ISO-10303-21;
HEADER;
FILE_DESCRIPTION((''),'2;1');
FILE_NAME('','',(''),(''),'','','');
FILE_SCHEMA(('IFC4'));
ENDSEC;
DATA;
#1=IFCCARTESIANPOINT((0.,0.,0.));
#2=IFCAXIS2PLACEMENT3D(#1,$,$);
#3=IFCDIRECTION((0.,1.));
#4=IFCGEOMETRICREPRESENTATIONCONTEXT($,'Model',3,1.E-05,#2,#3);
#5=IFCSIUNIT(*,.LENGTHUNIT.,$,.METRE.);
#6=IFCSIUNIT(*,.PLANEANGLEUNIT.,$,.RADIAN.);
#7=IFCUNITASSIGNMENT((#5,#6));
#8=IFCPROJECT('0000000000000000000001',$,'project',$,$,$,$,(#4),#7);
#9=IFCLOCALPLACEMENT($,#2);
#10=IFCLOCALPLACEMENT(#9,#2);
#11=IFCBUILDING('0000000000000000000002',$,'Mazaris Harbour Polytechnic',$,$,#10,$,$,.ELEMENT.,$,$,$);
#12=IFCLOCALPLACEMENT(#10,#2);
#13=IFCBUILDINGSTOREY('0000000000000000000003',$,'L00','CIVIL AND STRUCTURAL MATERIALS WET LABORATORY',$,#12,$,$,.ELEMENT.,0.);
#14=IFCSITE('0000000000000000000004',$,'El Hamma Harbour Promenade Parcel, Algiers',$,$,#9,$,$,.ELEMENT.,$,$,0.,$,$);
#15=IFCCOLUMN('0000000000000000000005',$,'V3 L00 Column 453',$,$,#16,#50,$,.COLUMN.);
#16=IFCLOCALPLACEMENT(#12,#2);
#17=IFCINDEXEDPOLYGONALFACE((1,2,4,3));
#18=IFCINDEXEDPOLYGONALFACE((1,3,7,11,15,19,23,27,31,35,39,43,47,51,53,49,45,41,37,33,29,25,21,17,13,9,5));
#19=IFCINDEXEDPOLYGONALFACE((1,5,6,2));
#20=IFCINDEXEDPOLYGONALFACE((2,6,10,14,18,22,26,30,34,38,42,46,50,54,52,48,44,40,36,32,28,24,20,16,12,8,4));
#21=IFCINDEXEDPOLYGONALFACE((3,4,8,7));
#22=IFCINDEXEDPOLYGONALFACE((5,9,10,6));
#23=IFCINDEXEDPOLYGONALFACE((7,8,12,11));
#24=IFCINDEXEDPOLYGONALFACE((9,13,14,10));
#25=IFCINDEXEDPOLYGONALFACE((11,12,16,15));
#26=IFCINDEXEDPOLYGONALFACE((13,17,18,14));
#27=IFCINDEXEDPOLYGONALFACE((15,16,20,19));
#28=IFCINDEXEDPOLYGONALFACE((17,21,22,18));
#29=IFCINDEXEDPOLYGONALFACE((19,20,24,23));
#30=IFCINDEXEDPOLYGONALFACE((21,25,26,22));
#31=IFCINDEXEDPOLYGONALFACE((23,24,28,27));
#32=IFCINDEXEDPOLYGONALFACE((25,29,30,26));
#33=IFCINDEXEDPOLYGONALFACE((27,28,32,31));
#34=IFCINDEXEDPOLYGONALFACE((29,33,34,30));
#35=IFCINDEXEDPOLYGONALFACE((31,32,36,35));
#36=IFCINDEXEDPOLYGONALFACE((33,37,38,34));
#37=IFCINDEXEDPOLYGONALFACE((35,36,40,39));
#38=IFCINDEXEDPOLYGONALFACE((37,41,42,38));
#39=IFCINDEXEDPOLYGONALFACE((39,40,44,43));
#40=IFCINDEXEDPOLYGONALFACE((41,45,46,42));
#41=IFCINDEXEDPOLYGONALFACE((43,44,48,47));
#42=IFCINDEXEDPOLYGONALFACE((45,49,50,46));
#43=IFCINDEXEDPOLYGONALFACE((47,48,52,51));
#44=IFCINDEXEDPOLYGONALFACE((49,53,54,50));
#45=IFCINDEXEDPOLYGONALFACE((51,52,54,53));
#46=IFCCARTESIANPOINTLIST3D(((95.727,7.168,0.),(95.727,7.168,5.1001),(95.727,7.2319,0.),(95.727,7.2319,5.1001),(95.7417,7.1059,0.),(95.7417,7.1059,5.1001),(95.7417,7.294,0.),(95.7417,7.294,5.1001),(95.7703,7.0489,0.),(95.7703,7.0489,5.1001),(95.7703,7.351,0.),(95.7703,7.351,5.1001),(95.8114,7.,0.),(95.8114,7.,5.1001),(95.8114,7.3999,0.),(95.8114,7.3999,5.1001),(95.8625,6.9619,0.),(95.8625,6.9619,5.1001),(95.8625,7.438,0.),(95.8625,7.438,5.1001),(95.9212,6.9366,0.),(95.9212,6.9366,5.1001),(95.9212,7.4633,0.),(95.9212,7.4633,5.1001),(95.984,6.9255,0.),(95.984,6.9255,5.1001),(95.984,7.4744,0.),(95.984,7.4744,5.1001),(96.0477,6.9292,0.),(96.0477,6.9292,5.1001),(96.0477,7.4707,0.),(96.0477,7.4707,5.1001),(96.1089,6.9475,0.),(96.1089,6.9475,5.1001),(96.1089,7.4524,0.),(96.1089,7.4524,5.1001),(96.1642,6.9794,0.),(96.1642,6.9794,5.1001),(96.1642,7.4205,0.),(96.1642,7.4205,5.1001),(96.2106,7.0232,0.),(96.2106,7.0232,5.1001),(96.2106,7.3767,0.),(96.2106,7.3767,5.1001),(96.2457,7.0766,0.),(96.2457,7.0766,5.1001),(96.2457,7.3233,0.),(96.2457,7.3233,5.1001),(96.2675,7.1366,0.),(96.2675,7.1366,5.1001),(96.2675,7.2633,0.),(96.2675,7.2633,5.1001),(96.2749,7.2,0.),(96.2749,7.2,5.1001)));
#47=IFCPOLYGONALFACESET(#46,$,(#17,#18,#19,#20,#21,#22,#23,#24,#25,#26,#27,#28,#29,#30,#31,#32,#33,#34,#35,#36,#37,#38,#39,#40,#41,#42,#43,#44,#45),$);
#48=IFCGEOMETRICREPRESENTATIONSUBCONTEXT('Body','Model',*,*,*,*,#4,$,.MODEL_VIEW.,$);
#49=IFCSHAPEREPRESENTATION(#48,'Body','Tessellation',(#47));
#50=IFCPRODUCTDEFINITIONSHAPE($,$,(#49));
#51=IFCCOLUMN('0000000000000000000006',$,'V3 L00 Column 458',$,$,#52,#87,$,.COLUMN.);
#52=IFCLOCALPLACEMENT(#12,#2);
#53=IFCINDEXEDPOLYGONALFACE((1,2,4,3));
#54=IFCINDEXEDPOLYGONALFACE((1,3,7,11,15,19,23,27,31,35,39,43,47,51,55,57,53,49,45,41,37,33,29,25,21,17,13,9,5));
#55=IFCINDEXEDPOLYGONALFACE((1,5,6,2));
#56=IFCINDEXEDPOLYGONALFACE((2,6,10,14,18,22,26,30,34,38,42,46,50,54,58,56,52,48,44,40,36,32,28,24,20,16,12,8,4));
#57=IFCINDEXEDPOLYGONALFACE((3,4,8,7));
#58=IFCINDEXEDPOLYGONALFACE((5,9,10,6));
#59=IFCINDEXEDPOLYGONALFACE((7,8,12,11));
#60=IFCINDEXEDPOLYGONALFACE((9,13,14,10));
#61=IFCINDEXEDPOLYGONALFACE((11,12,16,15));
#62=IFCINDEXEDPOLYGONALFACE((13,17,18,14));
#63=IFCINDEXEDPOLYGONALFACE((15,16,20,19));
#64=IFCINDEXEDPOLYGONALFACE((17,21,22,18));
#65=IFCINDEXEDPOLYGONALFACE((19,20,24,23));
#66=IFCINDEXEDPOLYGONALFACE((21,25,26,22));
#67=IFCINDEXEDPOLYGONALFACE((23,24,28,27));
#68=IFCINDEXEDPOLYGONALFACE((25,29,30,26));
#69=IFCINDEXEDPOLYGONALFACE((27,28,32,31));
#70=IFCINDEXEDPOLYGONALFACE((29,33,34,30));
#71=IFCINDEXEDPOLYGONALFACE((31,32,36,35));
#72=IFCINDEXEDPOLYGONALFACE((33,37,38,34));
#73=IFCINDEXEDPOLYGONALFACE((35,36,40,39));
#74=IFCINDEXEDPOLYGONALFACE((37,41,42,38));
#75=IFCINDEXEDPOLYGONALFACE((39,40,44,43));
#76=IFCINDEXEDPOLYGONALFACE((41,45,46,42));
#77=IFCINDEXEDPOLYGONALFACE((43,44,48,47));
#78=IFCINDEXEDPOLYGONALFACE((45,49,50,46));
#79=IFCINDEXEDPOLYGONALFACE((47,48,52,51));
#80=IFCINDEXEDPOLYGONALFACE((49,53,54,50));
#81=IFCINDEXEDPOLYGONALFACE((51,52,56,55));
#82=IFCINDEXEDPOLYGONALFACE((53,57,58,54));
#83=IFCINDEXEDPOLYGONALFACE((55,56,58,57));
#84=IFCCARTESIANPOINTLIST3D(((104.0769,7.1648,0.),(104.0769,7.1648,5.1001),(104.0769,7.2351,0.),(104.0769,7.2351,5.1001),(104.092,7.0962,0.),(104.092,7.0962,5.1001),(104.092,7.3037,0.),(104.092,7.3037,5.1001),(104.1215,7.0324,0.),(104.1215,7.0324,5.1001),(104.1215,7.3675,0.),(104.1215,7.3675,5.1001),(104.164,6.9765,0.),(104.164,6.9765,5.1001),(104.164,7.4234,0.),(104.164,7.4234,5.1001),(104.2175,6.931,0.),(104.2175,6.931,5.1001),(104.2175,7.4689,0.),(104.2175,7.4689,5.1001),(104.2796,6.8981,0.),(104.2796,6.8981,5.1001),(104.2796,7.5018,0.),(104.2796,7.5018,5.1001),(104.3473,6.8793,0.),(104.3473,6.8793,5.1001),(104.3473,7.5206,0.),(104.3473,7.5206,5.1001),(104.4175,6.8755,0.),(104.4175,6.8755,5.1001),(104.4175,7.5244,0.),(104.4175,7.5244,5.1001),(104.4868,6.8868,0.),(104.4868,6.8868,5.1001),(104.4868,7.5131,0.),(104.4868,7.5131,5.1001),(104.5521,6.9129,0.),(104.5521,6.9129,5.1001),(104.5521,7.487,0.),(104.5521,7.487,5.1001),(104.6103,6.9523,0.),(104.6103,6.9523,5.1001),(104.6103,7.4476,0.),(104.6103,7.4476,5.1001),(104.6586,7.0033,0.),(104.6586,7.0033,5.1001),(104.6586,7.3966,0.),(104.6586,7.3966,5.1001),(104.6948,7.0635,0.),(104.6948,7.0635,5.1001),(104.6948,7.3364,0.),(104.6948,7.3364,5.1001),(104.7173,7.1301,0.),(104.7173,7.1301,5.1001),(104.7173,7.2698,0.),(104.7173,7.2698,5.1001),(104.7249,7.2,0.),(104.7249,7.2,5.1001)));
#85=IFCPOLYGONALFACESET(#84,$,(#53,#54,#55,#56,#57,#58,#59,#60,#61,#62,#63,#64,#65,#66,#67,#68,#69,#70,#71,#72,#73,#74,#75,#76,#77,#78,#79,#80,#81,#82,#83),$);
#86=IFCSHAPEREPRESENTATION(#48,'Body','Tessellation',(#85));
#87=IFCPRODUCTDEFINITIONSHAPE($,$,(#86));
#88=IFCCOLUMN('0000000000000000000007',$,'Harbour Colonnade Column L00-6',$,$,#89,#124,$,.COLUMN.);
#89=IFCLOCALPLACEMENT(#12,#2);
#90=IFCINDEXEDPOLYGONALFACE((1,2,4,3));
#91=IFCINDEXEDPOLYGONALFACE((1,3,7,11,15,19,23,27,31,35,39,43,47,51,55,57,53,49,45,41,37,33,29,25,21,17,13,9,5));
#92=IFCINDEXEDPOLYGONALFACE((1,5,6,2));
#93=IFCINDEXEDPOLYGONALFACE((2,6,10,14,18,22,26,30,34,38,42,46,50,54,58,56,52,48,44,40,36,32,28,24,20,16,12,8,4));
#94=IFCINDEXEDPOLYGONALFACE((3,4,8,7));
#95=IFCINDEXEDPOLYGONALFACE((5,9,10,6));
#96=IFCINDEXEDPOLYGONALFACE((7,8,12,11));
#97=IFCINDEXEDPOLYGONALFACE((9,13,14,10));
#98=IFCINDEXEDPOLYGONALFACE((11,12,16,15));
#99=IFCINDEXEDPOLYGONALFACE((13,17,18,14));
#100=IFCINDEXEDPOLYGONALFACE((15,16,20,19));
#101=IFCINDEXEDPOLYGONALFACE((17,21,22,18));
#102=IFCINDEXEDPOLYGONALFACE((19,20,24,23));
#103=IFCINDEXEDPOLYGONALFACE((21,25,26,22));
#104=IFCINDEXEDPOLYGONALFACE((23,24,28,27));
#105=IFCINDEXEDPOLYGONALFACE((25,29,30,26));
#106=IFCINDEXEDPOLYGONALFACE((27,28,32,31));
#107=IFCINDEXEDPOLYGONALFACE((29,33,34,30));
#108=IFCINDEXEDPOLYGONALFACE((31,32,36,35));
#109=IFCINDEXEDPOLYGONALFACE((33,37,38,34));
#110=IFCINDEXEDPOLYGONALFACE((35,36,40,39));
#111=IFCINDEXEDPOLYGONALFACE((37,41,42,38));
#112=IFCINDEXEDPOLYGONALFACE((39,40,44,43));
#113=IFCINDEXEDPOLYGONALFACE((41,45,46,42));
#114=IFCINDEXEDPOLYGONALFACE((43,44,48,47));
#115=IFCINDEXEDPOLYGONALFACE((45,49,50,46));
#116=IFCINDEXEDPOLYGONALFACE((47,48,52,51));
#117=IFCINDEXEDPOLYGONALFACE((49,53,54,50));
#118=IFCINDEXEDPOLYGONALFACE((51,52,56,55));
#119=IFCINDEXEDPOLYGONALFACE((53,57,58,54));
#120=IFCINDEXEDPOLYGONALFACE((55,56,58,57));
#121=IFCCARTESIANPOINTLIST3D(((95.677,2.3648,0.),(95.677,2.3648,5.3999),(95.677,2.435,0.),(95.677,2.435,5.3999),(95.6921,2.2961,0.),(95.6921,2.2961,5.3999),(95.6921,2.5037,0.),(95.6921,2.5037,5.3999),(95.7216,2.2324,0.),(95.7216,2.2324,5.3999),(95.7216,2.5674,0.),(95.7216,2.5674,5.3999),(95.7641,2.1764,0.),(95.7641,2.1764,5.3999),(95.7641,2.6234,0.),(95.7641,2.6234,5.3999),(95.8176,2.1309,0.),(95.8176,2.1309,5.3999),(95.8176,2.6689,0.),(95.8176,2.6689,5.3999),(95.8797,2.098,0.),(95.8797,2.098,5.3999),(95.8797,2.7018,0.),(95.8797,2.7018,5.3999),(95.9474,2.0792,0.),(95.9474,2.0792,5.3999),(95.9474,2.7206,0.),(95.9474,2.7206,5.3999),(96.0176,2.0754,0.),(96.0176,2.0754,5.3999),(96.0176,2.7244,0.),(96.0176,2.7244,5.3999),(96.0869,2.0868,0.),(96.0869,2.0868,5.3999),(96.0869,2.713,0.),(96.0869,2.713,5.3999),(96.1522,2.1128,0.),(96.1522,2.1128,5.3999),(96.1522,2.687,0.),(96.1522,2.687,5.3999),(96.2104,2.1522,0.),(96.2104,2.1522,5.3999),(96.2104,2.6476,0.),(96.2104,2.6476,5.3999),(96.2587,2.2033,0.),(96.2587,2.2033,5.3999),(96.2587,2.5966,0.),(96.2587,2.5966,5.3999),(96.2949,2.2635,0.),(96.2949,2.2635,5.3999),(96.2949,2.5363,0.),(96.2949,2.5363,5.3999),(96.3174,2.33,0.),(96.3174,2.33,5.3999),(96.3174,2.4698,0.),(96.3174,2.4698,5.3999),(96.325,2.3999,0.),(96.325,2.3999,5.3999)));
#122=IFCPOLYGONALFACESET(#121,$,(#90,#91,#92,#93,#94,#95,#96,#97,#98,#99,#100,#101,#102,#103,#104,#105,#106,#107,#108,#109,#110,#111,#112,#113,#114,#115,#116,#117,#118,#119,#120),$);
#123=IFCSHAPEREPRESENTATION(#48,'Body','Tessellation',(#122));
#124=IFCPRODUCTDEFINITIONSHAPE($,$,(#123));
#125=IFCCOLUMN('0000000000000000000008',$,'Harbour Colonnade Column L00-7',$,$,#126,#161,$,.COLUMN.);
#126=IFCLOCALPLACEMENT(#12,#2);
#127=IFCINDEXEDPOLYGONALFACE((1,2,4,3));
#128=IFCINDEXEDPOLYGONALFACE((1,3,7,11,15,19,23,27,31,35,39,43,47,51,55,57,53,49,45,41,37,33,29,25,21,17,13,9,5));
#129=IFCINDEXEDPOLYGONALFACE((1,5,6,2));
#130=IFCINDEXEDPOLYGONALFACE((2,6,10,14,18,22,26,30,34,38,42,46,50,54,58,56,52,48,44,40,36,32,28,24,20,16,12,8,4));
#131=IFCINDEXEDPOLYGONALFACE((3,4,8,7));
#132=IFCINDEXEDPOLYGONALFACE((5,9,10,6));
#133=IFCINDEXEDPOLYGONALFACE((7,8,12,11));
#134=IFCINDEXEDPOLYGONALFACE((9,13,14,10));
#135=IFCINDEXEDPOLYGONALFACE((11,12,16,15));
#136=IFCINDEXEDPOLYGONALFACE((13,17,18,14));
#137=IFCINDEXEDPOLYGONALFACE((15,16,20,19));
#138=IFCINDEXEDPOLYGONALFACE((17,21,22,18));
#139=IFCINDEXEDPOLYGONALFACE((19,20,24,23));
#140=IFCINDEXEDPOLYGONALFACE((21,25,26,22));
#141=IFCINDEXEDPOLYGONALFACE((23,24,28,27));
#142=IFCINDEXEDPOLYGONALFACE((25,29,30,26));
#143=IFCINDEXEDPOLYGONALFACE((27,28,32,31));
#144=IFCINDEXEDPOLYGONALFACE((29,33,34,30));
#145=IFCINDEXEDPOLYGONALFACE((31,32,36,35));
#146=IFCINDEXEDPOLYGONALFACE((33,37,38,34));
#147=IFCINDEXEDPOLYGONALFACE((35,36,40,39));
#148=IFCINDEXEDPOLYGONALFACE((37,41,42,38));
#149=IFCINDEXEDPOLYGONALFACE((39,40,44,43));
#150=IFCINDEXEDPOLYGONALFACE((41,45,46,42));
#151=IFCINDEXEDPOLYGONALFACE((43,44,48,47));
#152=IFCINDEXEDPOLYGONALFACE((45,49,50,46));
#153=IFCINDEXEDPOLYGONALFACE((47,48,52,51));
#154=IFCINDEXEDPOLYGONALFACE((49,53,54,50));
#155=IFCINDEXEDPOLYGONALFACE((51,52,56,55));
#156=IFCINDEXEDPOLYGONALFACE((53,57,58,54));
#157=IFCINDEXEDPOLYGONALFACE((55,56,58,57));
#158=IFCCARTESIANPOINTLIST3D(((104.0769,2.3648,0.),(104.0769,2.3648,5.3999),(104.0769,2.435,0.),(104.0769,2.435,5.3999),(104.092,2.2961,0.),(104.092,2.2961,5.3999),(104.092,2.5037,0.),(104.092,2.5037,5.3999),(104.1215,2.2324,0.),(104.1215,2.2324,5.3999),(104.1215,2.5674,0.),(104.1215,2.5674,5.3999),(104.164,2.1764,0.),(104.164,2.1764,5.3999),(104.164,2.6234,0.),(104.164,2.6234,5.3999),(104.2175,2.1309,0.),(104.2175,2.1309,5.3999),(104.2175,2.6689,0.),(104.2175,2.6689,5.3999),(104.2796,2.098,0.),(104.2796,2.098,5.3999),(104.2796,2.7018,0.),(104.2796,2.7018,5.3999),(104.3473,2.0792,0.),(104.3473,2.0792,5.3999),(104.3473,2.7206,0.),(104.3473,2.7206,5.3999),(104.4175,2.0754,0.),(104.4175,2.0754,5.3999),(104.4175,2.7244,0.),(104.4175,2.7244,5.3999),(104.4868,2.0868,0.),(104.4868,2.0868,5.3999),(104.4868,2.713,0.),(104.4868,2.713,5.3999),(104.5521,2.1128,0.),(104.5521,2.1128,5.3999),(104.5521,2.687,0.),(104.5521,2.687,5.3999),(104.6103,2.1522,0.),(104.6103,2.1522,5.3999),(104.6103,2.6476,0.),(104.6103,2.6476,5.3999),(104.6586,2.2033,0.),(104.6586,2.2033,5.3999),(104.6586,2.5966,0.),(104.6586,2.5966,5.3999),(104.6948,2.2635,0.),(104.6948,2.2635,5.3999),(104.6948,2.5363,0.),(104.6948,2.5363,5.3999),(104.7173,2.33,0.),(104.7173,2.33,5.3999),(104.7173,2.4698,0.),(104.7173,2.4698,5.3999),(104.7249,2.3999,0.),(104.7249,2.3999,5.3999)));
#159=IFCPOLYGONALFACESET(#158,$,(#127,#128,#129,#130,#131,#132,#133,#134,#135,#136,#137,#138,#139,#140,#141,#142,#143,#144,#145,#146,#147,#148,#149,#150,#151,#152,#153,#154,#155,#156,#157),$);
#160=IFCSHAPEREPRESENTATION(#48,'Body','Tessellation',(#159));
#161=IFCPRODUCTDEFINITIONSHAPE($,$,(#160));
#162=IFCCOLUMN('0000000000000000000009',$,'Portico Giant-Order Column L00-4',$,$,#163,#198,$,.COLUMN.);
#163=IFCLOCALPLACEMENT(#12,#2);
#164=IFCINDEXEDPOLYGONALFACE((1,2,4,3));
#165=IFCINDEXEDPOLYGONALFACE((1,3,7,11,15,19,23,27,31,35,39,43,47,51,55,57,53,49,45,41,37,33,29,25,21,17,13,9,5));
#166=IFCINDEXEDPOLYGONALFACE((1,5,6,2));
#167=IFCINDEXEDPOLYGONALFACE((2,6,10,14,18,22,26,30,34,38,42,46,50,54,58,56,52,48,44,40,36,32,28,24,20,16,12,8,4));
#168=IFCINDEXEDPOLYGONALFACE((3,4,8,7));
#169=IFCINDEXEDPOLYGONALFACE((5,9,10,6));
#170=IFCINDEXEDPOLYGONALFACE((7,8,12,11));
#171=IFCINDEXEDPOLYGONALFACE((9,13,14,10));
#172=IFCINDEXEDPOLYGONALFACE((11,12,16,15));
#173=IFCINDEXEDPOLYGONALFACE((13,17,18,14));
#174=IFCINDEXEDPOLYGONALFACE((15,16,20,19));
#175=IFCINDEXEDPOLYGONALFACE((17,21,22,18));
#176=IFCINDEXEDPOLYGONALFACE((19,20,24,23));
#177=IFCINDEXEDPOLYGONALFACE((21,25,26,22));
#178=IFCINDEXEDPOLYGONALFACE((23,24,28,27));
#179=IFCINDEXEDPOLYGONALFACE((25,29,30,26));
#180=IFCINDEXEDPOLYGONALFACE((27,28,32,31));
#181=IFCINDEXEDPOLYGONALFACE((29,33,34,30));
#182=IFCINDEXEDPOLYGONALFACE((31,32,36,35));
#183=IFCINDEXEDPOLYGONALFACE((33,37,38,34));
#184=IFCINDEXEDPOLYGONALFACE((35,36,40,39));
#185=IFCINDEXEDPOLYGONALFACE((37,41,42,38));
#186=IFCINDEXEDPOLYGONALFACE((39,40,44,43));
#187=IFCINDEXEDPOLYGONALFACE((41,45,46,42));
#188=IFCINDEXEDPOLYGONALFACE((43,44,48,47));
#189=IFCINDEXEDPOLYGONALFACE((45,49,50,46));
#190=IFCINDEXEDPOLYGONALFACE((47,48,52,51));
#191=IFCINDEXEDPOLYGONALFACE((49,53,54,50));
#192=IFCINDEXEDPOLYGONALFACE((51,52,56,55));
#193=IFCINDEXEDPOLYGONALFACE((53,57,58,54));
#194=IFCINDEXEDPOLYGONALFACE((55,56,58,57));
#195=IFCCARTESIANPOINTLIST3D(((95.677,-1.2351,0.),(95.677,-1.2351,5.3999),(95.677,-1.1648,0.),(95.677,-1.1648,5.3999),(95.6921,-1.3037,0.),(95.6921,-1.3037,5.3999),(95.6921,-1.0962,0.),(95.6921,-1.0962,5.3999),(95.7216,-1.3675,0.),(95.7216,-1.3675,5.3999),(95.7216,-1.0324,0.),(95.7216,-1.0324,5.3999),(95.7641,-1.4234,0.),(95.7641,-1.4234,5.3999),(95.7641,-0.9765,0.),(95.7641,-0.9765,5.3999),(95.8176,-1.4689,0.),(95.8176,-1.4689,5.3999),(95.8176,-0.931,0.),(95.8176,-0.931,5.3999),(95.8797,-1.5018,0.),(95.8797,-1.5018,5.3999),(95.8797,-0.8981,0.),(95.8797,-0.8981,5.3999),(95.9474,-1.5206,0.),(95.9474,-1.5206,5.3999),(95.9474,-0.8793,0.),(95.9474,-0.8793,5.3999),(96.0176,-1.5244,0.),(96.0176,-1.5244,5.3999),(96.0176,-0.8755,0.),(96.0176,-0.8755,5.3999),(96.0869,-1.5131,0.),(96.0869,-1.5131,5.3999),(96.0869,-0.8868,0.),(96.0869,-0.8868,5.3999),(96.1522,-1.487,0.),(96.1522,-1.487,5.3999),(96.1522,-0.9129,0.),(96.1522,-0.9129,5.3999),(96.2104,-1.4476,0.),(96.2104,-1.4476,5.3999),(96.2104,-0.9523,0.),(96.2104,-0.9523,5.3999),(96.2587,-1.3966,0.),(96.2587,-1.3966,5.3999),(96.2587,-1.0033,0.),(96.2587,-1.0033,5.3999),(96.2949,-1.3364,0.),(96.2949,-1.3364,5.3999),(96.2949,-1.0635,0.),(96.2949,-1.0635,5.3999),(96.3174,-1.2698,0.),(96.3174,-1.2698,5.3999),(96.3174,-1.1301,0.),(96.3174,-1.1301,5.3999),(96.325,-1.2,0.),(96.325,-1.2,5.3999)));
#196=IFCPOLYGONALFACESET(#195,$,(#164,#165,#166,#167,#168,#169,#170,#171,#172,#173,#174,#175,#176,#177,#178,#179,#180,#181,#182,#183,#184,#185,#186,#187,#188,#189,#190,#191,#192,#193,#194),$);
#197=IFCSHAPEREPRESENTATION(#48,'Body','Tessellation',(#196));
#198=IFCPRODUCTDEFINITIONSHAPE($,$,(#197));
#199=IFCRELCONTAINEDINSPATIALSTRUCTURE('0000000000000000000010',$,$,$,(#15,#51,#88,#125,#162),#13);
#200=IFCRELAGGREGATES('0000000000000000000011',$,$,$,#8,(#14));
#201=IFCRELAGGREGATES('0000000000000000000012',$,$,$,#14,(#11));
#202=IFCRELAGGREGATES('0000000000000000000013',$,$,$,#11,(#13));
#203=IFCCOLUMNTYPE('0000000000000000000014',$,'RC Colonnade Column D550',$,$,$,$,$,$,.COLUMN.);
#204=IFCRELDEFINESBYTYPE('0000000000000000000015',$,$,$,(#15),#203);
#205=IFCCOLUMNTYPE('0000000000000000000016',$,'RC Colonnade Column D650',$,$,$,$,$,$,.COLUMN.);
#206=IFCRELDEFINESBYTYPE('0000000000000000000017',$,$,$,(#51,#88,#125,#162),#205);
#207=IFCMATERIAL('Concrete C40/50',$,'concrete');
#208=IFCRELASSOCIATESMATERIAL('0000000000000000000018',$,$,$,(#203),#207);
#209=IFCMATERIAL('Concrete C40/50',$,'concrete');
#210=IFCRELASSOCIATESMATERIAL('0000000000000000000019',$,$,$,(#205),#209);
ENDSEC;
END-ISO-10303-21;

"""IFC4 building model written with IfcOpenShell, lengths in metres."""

from ifc_helpers import new_model, si_unit, direction, frame, origin, origin_2d, place, context, subcontext, project, spatial, circle, extrude, material, material_profile, profile_set, type_object, element, save


model = new_model("IFC4")

# Units and contexts
model_context = context("Model", 3, precision=1e-05, world=origin(), true_north=direction((0.0, 1.0)))
body_context = subcontext(model_context, "Body", "Model", "MODEL_VIEW")
ifc_project = project(units=[si_unit("LENGTHUNIT", "METRE"), si_unit("PLANEANGLEUNIT", "RADIAN")], contexts=[model_context])

# Site, building, storey
site_placement = place(None, origin())
site = spatial("IfcSite", under=ifc_project, at=site_placement, Name="El Hamma Harbour Promenade Parcel, Algiers", CompositionType="ELEMENT", RefElevation=0.0)
building_placement = place(site_placement, origin())
building = spatial("IfcBuilding", under=site, at=building_placement, Name="Mazaris Harbour Polytechnic", CompositionType="ELEMENT")
storey_placement = place(building_placement, origin())
storey = spatial("IfcBuildingStorey", under=building, at=storey_placement, Name="L00", Description="CIVIL AND STRUCTURAL MATERIALS WET LABORATORY", CompositionType="ELEMENT", Elevation=0.0)

# Columns
ifc_material_1 = material(Name="Concrete C40/50", Category="concrete")
ifc_material_profile_1 = material_profile(ifc_material_1, circle(Radius=0.2749, at=origin_2d()), Name="DIA550")
ifc_profile_set_1 = profile_set([ifc_material_profile_1], Name="Concrete C40/50")
column_type_1 = type_object("IfcColumnType", Name="RC Colonnade Column D550", PredefinedType="COLUMN", material=ifc_profile_set_1)
column_1_placement = place(storey_placement, frame((96.0, 7.2, 0.0), z_axis=(0.0, 0.0, 1.0), x_axis=(1.0, 0.0, 0.0)))
element("IfcColumn", 1, at=column_1_placement, inside=storey, type_object=column_type_1, Name="V3 L00 Column 453", PredefinedType="COLUMN", context=body_context, shape_type="SweptSolid", body=[
    extrude(circle(Radius=0.2749, at=origin_2d()), origin(), (0.0, 0.0, 1.0), 5.1001),
])
ifc_material_2 = material(Name="Concrete C40/50", Category="concrete")
ifc_material_profile_2 = material_profile(ifc_material_2, circle(Radius=0.325, at=origin_2d()), Name="DIA650")
ifc_profile_set_2 = profile_set([ifc_material_profile_2], Name="Concrete C40/50")
column_type_2 = type_object("IfcColumnType", Name="RC Colonnade Column D650", PredefinedType="COLUMN", material=ifc_profile_set_2)
column_2_placement = place(storey_placement, frame((104.3999, 7.2, 0.0), z_axis=(0.0, 0.0, 1.0), x_axis=(1.0, 0.0, 0.0)))
element("IfcColumn", 2, at=column_2_placement, inside=storey, type_object=column_type_2, Name="V3 L00 Column 458", PredefinedType="COLUMN", context=body_context, shape_type="SweptSolid", body=[
    extrude(circle(Radius=0.325, at=origin_2d()), origin(), (0.0, 0.0, 1.0), 5.1001),
])
for number, where, z_axis, x_axis, name in (
    (3, (96.0, 2.3999, 0.0), (0.0, 0.0, 1.0), (1.0, 0.0, 0.0), "Harbour Colonnade Column L00-6"),
    (4, (104.3999, 2.3999, 0.0), (0.0, 0.0, 1.0), (1.0, 0.0, 0.0), "Harbour Colonnade Column L00-7"),
    (5, (96.0, -1.2, 0.0), (0.0, 0.0, 1.0), (1.0, 0.0, 0.0), "Portico Giant-Order Column L00-4"),
):
    element("IfcColumn", number, at=place(storey_placement, frame(where, z_axis=z_axis, x_axis=x_axis)), inside=storey, type_object=column_type_2, Name=name, PredefinedType="COLUMN", context=body_context, shape_type="SweptSolid", body=[
        extrude(circle(Radius=0.325, at=origin_2d()), origin(), (0.0, 0.0, 1.0), 5.3999),
    ])

save(model, "model.ifc")
